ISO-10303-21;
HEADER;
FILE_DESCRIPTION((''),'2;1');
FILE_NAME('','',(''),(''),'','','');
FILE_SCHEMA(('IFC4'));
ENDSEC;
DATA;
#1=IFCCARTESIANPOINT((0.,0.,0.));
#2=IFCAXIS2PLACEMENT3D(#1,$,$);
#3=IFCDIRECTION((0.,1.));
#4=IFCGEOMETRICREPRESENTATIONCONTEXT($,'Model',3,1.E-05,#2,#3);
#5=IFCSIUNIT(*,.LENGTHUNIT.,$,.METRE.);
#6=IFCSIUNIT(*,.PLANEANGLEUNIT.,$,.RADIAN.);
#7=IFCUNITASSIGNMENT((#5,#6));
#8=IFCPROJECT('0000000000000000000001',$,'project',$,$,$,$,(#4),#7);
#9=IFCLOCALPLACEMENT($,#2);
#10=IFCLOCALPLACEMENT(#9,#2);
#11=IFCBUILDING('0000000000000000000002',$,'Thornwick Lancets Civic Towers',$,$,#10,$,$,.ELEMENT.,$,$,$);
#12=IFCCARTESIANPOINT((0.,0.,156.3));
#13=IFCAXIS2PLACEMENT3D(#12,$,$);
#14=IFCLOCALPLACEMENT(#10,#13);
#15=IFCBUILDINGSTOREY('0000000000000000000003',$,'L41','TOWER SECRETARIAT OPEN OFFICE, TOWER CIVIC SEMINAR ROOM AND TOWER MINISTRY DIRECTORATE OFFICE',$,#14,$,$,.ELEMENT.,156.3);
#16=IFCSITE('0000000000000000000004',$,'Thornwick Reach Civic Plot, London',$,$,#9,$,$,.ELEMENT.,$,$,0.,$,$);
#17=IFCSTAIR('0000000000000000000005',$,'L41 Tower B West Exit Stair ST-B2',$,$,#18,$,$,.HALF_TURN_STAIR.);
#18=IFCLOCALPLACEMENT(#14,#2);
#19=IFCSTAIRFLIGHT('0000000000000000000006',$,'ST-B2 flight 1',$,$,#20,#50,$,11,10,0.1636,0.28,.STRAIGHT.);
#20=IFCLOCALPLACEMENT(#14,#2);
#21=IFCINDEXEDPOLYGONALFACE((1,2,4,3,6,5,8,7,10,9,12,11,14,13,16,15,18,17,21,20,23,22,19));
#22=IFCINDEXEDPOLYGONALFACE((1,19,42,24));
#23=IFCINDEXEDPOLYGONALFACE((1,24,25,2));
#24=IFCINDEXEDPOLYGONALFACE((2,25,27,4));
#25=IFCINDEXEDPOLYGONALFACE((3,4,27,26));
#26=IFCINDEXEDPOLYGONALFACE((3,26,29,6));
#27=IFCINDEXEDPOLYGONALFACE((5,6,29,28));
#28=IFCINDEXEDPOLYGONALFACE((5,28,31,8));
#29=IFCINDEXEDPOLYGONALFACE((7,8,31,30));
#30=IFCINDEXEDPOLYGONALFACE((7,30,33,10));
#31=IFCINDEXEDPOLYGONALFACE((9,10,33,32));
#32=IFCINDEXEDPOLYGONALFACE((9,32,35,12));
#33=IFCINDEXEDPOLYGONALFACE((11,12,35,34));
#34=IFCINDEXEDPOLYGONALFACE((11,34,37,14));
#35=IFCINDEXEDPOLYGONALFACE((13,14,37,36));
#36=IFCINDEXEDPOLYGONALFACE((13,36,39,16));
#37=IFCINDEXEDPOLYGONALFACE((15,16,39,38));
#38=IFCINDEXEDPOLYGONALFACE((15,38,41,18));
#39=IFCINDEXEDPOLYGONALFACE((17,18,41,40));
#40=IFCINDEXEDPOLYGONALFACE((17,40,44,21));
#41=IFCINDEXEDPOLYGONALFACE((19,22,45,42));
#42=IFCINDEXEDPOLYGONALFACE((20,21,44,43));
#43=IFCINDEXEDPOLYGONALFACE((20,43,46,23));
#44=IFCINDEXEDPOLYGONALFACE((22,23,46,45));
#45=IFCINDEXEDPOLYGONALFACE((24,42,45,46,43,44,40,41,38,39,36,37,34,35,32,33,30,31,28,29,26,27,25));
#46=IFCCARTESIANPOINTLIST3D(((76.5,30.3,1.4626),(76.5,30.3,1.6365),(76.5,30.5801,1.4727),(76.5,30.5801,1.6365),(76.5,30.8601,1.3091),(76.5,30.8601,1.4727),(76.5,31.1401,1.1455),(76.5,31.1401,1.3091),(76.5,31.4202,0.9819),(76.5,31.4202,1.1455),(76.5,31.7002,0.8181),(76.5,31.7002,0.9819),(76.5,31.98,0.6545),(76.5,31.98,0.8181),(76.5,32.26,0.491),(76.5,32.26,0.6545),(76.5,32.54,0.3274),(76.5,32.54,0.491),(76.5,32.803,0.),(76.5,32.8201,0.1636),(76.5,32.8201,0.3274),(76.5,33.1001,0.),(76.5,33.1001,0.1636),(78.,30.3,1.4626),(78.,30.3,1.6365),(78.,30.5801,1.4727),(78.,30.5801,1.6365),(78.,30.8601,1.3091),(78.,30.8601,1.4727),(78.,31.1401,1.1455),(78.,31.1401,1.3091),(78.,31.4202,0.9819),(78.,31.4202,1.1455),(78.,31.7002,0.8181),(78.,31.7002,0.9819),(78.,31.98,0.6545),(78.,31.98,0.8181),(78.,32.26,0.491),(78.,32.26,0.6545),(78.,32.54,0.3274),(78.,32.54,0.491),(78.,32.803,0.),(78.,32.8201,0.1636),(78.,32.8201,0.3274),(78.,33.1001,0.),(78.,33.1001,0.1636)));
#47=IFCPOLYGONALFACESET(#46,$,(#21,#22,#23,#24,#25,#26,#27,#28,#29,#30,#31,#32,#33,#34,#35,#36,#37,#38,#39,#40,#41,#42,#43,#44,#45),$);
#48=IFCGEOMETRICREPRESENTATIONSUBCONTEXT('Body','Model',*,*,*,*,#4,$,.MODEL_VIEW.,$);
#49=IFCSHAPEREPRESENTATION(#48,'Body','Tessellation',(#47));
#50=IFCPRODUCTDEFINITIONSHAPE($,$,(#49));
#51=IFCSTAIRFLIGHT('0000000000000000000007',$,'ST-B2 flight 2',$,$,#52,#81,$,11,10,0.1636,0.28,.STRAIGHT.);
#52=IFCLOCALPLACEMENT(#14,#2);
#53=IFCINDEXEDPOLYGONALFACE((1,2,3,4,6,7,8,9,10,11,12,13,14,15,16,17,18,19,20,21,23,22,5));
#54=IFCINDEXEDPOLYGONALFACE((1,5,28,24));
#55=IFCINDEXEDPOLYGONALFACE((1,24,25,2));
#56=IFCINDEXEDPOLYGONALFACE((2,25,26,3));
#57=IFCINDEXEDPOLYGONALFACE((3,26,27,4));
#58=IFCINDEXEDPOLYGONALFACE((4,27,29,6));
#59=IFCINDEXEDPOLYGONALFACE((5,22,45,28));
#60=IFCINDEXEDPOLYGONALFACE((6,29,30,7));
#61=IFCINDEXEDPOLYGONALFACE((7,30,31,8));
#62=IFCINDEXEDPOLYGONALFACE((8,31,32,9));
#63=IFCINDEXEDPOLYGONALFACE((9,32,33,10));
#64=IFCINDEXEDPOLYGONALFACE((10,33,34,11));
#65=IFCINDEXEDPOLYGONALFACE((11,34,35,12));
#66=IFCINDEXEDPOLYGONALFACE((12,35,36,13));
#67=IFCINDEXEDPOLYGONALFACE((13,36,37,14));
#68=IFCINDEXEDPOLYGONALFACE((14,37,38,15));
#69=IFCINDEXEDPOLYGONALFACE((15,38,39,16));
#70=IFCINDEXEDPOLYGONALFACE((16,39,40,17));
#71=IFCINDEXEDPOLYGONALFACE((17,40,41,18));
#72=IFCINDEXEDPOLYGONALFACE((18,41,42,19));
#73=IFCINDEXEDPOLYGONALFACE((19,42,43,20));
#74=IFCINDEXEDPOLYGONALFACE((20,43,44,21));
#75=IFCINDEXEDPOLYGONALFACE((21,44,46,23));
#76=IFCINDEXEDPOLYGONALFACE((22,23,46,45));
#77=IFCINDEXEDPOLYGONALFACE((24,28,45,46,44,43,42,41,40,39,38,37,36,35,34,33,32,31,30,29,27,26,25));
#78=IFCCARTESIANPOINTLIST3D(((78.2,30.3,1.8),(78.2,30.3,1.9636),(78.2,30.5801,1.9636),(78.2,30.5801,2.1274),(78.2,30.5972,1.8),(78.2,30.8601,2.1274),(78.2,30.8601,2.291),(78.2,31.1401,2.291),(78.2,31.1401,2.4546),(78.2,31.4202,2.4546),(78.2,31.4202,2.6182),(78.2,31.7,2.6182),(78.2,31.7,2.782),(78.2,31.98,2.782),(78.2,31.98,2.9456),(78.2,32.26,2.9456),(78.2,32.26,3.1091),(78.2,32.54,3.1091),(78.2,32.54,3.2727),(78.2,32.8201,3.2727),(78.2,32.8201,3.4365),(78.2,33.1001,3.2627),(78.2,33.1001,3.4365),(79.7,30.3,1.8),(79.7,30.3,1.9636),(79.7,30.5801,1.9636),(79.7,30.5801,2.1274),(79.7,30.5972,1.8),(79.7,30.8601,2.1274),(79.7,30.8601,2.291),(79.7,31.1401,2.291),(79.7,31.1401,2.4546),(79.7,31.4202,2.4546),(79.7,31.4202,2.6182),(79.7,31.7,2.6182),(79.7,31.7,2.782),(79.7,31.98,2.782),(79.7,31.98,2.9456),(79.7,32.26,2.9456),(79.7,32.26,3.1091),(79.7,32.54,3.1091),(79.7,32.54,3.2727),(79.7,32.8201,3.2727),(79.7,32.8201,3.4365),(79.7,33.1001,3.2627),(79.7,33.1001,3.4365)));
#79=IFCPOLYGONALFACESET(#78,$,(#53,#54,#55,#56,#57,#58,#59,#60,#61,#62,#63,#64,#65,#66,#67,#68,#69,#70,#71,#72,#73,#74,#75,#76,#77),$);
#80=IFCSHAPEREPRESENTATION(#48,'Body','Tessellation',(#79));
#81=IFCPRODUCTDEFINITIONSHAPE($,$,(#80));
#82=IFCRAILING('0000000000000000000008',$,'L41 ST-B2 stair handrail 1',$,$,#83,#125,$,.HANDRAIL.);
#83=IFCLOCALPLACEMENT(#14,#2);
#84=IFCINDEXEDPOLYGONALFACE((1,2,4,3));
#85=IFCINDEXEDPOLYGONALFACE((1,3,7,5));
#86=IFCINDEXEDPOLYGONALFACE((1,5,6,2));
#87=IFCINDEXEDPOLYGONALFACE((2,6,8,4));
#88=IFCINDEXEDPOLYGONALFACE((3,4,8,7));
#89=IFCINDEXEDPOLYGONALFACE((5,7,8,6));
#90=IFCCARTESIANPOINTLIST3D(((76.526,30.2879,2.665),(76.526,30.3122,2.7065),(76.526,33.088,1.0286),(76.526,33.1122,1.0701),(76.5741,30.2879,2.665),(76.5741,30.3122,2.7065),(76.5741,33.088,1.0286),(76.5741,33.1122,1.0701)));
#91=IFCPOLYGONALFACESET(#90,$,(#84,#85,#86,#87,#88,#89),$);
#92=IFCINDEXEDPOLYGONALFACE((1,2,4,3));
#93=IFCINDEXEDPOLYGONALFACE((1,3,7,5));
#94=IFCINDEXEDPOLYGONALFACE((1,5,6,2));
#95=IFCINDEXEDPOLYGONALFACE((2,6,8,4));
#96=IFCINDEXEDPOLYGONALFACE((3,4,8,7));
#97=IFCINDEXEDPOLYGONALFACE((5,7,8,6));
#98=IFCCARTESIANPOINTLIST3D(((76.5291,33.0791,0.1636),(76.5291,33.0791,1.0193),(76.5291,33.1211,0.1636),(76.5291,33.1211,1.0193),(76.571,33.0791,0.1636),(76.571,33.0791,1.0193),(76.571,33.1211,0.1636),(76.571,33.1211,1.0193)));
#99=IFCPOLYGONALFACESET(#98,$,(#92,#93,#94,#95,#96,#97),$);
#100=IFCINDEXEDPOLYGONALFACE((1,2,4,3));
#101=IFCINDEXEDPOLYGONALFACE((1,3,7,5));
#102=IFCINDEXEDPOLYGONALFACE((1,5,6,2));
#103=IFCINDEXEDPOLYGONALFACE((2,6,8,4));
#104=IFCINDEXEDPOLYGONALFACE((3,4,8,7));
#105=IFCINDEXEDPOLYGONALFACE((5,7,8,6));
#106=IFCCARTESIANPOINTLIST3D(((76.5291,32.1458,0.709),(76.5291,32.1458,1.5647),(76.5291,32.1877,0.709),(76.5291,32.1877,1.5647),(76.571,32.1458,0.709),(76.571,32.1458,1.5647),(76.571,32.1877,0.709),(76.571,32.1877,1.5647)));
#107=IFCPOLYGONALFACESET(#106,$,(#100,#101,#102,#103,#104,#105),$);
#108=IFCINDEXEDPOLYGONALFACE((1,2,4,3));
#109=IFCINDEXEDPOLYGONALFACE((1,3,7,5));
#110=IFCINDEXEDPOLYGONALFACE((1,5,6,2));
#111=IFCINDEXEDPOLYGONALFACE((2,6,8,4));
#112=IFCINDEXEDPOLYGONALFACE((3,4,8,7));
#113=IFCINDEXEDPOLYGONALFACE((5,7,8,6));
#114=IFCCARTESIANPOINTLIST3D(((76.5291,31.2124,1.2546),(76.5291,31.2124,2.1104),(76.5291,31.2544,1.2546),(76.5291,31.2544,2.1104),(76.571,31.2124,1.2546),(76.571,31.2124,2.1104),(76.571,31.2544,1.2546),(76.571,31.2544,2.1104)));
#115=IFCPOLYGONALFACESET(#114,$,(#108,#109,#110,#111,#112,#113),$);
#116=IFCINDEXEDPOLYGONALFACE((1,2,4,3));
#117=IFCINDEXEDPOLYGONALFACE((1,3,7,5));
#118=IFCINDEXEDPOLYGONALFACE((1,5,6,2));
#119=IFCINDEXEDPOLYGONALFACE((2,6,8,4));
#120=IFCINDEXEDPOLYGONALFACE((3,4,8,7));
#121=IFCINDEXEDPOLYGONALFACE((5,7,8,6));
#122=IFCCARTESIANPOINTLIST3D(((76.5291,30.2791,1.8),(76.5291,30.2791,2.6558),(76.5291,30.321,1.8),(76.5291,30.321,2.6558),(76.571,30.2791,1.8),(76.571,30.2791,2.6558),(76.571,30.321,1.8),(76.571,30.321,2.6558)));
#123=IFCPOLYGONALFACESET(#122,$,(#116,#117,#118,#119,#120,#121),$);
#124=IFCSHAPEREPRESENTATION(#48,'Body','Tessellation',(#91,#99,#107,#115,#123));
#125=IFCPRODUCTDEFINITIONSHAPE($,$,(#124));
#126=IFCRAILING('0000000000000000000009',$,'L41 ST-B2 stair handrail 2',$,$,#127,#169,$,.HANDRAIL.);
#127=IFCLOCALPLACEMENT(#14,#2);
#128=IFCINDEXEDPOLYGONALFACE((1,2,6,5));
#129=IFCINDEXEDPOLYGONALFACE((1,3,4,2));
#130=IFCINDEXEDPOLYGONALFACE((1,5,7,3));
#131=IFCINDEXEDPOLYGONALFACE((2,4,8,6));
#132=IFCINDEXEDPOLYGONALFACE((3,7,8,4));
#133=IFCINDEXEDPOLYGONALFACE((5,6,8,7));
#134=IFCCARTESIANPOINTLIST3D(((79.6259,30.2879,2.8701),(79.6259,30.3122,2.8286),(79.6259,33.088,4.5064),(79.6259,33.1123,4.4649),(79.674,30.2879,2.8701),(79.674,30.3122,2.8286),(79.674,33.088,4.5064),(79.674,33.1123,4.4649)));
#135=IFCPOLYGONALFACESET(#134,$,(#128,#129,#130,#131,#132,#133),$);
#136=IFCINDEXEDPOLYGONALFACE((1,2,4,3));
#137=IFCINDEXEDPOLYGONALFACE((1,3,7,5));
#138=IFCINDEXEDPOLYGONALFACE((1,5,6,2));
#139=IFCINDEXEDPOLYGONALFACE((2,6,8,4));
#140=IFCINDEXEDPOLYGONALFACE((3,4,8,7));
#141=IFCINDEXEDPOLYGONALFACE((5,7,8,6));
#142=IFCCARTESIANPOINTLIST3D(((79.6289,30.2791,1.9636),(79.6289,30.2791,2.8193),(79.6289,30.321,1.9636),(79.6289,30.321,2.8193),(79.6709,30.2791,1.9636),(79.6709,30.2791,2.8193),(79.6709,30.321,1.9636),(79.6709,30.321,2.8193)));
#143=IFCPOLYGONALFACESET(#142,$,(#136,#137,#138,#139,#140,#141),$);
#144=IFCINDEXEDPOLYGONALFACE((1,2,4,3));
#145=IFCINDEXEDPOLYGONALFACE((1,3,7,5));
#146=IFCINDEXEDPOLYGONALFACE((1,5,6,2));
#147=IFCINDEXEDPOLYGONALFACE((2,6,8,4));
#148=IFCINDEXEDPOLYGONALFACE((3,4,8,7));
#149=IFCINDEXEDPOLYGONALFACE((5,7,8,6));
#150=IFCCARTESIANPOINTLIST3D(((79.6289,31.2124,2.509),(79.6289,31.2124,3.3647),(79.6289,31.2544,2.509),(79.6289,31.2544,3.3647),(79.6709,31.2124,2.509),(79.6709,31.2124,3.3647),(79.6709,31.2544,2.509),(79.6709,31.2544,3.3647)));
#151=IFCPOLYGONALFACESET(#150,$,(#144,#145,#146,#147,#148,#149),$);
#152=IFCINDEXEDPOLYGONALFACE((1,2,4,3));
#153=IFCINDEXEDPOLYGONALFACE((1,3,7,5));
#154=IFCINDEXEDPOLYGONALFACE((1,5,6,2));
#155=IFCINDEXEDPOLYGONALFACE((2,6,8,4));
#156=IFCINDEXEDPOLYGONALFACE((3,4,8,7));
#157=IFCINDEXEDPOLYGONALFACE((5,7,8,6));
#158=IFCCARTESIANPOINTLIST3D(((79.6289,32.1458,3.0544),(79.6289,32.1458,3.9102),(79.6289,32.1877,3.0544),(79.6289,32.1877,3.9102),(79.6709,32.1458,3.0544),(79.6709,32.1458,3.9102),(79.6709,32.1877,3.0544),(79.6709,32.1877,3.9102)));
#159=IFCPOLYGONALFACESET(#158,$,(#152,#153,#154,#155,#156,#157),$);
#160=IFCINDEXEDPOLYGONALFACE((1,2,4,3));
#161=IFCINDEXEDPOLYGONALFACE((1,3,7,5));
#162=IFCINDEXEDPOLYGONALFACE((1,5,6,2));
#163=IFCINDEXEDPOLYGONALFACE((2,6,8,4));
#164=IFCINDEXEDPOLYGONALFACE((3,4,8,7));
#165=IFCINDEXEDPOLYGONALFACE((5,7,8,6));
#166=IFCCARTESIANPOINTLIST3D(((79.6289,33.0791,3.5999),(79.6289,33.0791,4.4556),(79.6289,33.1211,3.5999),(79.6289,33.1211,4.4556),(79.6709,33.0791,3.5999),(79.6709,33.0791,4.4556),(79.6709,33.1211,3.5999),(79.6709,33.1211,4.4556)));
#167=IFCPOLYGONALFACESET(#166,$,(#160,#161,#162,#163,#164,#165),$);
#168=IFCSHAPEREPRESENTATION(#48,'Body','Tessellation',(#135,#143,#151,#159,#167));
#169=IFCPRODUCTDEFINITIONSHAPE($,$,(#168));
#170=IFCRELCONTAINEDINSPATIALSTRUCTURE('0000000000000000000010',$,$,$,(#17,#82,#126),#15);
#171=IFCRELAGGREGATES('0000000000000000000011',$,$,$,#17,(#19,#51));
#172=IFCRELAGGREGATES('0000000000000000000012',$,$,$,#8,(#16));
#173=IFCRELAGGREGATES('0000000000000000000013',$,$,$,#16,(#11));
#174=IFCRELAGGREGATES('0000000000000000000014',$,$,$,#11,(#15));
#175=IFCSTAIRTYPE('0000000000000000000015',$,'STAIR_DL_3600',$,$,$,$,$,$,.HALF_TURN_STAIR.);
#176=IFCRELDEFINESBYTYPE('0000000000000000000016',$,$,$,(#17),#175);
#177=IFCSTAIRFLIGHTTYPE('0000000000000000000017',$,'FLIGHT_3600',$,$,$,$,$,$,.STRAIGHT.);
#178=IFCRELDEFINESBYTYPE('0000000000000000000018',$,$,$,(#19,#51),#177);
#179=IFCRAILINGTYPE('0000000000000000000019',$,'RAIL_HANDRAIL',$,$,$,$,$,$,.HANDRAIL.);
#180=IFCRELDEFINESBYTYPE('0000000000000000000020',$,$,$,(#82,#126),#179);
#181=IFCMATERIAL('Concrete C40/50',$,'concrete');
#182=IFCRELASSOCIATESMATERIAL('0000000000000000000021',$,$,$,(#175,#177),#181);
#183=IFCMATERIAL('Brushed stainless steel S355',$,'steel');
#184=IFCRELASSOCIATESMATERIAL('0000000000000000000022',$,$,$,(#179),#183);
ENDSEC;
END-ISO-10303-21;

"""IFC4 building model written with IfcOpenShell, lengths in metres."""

from ifc_helpers import new_model, si_unit, direction, frame, origin, origin_2d, place, context, subcontext, project, spatial, polyline, rectangle, outline, extrude, material, type_object, element, aggregate, save


model = new_model("IFC4")

# Units and contexts
model_context = context("Model", 3, precision=1e-05, world=origin(), true_north=direction((0.0, 1.0)))
body_context = subcontext(model_context, "Body", "Model", "MODEL_VIEW")
ifc_project = project(units=[si_unit("LENGTHUNIT", "METRE"), si_unit("PLANEANGLEUNIT", "RADIAN")], contexts=[model_context])

# Site, building, storey
site_placement = place(None, origin())
site = spatial("IfcSite", under=ifc_project, at=site_placement, Name="Thornwick Reach Civic Plot, London", CompositionType="ELEMENT", RefElevation=0.0)
building_placement = place(site_placement, origin())
building = spatial("IfcBuilding", under=site, at=building_placement, Name="Thornwick Lancets Civic Towers", CompositionType="ELEMENT")
storey_placement = place(building_placement, frame((0.0, 0.0, 156.3)))
storey = spatial("IfcBuildingStorey", under=building, at=storey_placement, Name="L41", Description="TOWER SECRETARIAT OPEN OFFICE, TOWER CIVIC SEMINAR ROOM AND TOWER MINISTRY DIRECTORATE OFFICE", CompositionType="ELEMENT", Elevation=156.3)

# Shared definitions
ifc_material_1 = material(Name="Concrete C40/50", Category="concrete")

# Stair, stair flights
stair_type = type_object("IfcStairType", Name="STAIR_DL_3600", PredefinedType="HALF_TURN_STAIR", material=ifc_material_1)
stair_placement = place(storey_placement, origin())
stair = element("IfcStair", 1, at=stair_placement, inside=storey, type_object=stair_type, Name="L41 Tower B West Exit Stair ST-B2", PredefinedType="HALF_TURN_STAIR")
stair_flight_type = type_object("IfcStairFlightType", Name="FLIGHT_3600", PredefinedType="STRAIGHT", material=ifc_material_1)
stair_flight_1_placement = place(storey_placement, frame((77.25, 33.1001, 0.0), z_axis=(0.0, 0.0, 1.0), x_axis=(0.0, -1.0, 0.0)))
stair_flight_1 = element("IfcStairFlight", 2, at=stair_flight_1_placement, type_object=stair_flight_type, Name="ST-B2 flight 1", NumberOfRisers=11, NumberOfTreads=10, PredefinedType="STRAIGHT", RiserHeight=0.1636, TreadLength=0.28, context=body_context, shape_type="SweptSolid", body=[
    extrude(outline(polyline([(0.0, 0.0), (0.0, 0.1636), (0.28, 0.1636), (0.28, 0.3274), (0.5601, 0.3274), (0.5601, 0.491), (0.8401, 0.491), (0.8401, 0.6545), (1.1201, 0.6545), (1.1201, 0.8181), (1.3999, 0.8181), (1.3999, 0.9819), (1.6799, 0.9819), (1.6799, 1.1455), (1.96, 1.1455), (1.96, 1.3091), (2.24, 1.3091), (2.24, 1.4727), (2.52, 1.4727), (2.52, 1.6365), (2.8, 1.6365), (2.8, 1.8), (2.8, 1.4626), (0.2971, 0.0), (0.0, 0.0)])), frame((0.0, 0.75, 0.0), z_axis=(0.0, -1.0, 0.0), x_axis=(1.0, 0.0, 0.0)), (0.0, 0.0, 1.0), 1.5),
])
stair_flight_2_placement = place(storey_placement, frame((78.95, 30.3, 1.8), z_axis=(0.0, 0.0, 1.0), x_axis=(0.0, 1.0, 0.0)))
stair_flight_2 = element("IfcStairFlight", 3, at=stair_flight_2_placement, type_object=stair_flight_type, Name="ST-B2 flight 2", NumberOfRisers=11, NumberOfTreads=10, PredefinedType="STRAIGHT", RiserHeight=0.1636, TreadLength=0.28, context=body_context, shape_type="SweptSolid", body=[
    extrude(outline(polyline([(0.0, 0.0), (0.0, 0.1636), (0.28, 0.1636), (0.28, 0.3274), (0.5601, 0.3274), (0.5601, 0.491), (0.8401, 0.491), (0.8401, 0.6545), (1.1201, 0.6545), (1.1201, 0.8181), (1.3999, 0.8181), (1.3999, 0.9819), (1.6799, 0.9819), (1.6799, 1.1455), (1.96, 1.1455), (1.96, 1.3091), (2.24, 1.3091), (2.24, 1.4727), (2.52, 1.4727), (2.52, 1.6365), (2.8, 1.6365), (2.8, 1.8), (2.8, 1.4626), (0.2971, 0.0), (0.0, 0.0)])), frame((0.0, 0.75, 0.0), z_axis=(0.0, -1.0, 0.0), x_axis=(1.0, 0.0, 0.0)), (0.0, 0.0, 1.0), 1.5),
])
aggregate(stair, [stair_flight_1, stair_flight_2])

# Railings
ifc_material_2 = material(Name="Brushed stainless steel S355", Category="steel")
railing_type_1 = type_object("IfcRailingType", Name="RAIL_HANDRAIL", PredefinedType="HANDRAIL", material=ifc_material_2)
railing_1_placement = place(storey_placement, frame((76.55, 33.1001, 0.1636)))
element("IfcRailing", 4, at=railing_1_placement, inside=storey, type_object=railing_type_1, Name="L41 ST-B2 stair handrail 1", PredefinedType="HANDRAIL", context=body_context, shape_type="SweptSolid", body=[
    extrude(rectangle(XDim=0.0481, YDim=0.0481, at=origin_2d()), frame((0.0, 0.0, 0.8857), z_axis=(0.0, -0.863361, 0.504587), x_axis=(1.0, 0.0, 0.0)), (0.0, 0.0, 1.0), 3.2432),
    extrude(rectangle(XDim=0.042, YDim=0.042, at=origin_2d()), origin(), (0.0, 0.0, 1.0), 0.8557),
    extrude(rectangle(XDim=0.042, YDim=0.042, at=origin_2d()), frame((0.0, -0.9333, 0.5454)), (0.0, 0.0, 1.0), 0.8557),
    extrude(rectangle(XDim=0.042, YDim=0.042, at=origin_2d()), frame((0.0, -1.8667, 1.0911)), (0.0, 0.0, 1.0), 0.8557),
    extrude(rectangle(XDim=0.042, YDim=0.042, at=origin_2d()), frame((0.0, -2.8, 1.6365)), (0.0, 0.0, 1.0), 0.8557),
])
railing_2_placement = place(storey_placement, frame((79.6499, 30.3, 1.9636)))
element("IfcRailing", 5, at=railing_2_placement, inside=storey, type_object=railing_type_1, Name="L41 ST-B2 stair handrail 2", PredefinedType="HANDRAIL", context=body_context, shape_type="SweptSolid", body=[
    extrude(rectangle(XDim=0.0481, YDim=0.0481, at=origin_2d()), frame((0.0, 0.0, 0.8857), z_axis=(0.0, 0.863394, 0.504531), x_axis=(-1.0, 0.0, 0.0)), (0.0, 0.0, 1.0), 3.2432),
    extrude(rectangle(XDim=0.042, YDim=0.042, at=origin_2d()), origin(), (0.0, 0.0, 1.0), 0.8557),
    extrude(rectangle(XDim=0.042, YDim=0.042, at=origin_2d()), frame((0.0, 0.9333, 0.5454)), (0.0, 0.0, 1.0), 0.8557),
    extrude(rectangle(XDim=0.042, YDim=0.042, at=origin_2d()), frame((0.0, 1.8667, 1.0908)), (0.0, 0.0, 1.0), 0.8557),
    extrude(rectangle(XDim=0.042, YDim=0.042, at=origin_2d()), frame((0.0, 2.8, 1.6362)), (0.0, 0.0, 1.0), 0.8557),
])

save(model, "model.ifc")
